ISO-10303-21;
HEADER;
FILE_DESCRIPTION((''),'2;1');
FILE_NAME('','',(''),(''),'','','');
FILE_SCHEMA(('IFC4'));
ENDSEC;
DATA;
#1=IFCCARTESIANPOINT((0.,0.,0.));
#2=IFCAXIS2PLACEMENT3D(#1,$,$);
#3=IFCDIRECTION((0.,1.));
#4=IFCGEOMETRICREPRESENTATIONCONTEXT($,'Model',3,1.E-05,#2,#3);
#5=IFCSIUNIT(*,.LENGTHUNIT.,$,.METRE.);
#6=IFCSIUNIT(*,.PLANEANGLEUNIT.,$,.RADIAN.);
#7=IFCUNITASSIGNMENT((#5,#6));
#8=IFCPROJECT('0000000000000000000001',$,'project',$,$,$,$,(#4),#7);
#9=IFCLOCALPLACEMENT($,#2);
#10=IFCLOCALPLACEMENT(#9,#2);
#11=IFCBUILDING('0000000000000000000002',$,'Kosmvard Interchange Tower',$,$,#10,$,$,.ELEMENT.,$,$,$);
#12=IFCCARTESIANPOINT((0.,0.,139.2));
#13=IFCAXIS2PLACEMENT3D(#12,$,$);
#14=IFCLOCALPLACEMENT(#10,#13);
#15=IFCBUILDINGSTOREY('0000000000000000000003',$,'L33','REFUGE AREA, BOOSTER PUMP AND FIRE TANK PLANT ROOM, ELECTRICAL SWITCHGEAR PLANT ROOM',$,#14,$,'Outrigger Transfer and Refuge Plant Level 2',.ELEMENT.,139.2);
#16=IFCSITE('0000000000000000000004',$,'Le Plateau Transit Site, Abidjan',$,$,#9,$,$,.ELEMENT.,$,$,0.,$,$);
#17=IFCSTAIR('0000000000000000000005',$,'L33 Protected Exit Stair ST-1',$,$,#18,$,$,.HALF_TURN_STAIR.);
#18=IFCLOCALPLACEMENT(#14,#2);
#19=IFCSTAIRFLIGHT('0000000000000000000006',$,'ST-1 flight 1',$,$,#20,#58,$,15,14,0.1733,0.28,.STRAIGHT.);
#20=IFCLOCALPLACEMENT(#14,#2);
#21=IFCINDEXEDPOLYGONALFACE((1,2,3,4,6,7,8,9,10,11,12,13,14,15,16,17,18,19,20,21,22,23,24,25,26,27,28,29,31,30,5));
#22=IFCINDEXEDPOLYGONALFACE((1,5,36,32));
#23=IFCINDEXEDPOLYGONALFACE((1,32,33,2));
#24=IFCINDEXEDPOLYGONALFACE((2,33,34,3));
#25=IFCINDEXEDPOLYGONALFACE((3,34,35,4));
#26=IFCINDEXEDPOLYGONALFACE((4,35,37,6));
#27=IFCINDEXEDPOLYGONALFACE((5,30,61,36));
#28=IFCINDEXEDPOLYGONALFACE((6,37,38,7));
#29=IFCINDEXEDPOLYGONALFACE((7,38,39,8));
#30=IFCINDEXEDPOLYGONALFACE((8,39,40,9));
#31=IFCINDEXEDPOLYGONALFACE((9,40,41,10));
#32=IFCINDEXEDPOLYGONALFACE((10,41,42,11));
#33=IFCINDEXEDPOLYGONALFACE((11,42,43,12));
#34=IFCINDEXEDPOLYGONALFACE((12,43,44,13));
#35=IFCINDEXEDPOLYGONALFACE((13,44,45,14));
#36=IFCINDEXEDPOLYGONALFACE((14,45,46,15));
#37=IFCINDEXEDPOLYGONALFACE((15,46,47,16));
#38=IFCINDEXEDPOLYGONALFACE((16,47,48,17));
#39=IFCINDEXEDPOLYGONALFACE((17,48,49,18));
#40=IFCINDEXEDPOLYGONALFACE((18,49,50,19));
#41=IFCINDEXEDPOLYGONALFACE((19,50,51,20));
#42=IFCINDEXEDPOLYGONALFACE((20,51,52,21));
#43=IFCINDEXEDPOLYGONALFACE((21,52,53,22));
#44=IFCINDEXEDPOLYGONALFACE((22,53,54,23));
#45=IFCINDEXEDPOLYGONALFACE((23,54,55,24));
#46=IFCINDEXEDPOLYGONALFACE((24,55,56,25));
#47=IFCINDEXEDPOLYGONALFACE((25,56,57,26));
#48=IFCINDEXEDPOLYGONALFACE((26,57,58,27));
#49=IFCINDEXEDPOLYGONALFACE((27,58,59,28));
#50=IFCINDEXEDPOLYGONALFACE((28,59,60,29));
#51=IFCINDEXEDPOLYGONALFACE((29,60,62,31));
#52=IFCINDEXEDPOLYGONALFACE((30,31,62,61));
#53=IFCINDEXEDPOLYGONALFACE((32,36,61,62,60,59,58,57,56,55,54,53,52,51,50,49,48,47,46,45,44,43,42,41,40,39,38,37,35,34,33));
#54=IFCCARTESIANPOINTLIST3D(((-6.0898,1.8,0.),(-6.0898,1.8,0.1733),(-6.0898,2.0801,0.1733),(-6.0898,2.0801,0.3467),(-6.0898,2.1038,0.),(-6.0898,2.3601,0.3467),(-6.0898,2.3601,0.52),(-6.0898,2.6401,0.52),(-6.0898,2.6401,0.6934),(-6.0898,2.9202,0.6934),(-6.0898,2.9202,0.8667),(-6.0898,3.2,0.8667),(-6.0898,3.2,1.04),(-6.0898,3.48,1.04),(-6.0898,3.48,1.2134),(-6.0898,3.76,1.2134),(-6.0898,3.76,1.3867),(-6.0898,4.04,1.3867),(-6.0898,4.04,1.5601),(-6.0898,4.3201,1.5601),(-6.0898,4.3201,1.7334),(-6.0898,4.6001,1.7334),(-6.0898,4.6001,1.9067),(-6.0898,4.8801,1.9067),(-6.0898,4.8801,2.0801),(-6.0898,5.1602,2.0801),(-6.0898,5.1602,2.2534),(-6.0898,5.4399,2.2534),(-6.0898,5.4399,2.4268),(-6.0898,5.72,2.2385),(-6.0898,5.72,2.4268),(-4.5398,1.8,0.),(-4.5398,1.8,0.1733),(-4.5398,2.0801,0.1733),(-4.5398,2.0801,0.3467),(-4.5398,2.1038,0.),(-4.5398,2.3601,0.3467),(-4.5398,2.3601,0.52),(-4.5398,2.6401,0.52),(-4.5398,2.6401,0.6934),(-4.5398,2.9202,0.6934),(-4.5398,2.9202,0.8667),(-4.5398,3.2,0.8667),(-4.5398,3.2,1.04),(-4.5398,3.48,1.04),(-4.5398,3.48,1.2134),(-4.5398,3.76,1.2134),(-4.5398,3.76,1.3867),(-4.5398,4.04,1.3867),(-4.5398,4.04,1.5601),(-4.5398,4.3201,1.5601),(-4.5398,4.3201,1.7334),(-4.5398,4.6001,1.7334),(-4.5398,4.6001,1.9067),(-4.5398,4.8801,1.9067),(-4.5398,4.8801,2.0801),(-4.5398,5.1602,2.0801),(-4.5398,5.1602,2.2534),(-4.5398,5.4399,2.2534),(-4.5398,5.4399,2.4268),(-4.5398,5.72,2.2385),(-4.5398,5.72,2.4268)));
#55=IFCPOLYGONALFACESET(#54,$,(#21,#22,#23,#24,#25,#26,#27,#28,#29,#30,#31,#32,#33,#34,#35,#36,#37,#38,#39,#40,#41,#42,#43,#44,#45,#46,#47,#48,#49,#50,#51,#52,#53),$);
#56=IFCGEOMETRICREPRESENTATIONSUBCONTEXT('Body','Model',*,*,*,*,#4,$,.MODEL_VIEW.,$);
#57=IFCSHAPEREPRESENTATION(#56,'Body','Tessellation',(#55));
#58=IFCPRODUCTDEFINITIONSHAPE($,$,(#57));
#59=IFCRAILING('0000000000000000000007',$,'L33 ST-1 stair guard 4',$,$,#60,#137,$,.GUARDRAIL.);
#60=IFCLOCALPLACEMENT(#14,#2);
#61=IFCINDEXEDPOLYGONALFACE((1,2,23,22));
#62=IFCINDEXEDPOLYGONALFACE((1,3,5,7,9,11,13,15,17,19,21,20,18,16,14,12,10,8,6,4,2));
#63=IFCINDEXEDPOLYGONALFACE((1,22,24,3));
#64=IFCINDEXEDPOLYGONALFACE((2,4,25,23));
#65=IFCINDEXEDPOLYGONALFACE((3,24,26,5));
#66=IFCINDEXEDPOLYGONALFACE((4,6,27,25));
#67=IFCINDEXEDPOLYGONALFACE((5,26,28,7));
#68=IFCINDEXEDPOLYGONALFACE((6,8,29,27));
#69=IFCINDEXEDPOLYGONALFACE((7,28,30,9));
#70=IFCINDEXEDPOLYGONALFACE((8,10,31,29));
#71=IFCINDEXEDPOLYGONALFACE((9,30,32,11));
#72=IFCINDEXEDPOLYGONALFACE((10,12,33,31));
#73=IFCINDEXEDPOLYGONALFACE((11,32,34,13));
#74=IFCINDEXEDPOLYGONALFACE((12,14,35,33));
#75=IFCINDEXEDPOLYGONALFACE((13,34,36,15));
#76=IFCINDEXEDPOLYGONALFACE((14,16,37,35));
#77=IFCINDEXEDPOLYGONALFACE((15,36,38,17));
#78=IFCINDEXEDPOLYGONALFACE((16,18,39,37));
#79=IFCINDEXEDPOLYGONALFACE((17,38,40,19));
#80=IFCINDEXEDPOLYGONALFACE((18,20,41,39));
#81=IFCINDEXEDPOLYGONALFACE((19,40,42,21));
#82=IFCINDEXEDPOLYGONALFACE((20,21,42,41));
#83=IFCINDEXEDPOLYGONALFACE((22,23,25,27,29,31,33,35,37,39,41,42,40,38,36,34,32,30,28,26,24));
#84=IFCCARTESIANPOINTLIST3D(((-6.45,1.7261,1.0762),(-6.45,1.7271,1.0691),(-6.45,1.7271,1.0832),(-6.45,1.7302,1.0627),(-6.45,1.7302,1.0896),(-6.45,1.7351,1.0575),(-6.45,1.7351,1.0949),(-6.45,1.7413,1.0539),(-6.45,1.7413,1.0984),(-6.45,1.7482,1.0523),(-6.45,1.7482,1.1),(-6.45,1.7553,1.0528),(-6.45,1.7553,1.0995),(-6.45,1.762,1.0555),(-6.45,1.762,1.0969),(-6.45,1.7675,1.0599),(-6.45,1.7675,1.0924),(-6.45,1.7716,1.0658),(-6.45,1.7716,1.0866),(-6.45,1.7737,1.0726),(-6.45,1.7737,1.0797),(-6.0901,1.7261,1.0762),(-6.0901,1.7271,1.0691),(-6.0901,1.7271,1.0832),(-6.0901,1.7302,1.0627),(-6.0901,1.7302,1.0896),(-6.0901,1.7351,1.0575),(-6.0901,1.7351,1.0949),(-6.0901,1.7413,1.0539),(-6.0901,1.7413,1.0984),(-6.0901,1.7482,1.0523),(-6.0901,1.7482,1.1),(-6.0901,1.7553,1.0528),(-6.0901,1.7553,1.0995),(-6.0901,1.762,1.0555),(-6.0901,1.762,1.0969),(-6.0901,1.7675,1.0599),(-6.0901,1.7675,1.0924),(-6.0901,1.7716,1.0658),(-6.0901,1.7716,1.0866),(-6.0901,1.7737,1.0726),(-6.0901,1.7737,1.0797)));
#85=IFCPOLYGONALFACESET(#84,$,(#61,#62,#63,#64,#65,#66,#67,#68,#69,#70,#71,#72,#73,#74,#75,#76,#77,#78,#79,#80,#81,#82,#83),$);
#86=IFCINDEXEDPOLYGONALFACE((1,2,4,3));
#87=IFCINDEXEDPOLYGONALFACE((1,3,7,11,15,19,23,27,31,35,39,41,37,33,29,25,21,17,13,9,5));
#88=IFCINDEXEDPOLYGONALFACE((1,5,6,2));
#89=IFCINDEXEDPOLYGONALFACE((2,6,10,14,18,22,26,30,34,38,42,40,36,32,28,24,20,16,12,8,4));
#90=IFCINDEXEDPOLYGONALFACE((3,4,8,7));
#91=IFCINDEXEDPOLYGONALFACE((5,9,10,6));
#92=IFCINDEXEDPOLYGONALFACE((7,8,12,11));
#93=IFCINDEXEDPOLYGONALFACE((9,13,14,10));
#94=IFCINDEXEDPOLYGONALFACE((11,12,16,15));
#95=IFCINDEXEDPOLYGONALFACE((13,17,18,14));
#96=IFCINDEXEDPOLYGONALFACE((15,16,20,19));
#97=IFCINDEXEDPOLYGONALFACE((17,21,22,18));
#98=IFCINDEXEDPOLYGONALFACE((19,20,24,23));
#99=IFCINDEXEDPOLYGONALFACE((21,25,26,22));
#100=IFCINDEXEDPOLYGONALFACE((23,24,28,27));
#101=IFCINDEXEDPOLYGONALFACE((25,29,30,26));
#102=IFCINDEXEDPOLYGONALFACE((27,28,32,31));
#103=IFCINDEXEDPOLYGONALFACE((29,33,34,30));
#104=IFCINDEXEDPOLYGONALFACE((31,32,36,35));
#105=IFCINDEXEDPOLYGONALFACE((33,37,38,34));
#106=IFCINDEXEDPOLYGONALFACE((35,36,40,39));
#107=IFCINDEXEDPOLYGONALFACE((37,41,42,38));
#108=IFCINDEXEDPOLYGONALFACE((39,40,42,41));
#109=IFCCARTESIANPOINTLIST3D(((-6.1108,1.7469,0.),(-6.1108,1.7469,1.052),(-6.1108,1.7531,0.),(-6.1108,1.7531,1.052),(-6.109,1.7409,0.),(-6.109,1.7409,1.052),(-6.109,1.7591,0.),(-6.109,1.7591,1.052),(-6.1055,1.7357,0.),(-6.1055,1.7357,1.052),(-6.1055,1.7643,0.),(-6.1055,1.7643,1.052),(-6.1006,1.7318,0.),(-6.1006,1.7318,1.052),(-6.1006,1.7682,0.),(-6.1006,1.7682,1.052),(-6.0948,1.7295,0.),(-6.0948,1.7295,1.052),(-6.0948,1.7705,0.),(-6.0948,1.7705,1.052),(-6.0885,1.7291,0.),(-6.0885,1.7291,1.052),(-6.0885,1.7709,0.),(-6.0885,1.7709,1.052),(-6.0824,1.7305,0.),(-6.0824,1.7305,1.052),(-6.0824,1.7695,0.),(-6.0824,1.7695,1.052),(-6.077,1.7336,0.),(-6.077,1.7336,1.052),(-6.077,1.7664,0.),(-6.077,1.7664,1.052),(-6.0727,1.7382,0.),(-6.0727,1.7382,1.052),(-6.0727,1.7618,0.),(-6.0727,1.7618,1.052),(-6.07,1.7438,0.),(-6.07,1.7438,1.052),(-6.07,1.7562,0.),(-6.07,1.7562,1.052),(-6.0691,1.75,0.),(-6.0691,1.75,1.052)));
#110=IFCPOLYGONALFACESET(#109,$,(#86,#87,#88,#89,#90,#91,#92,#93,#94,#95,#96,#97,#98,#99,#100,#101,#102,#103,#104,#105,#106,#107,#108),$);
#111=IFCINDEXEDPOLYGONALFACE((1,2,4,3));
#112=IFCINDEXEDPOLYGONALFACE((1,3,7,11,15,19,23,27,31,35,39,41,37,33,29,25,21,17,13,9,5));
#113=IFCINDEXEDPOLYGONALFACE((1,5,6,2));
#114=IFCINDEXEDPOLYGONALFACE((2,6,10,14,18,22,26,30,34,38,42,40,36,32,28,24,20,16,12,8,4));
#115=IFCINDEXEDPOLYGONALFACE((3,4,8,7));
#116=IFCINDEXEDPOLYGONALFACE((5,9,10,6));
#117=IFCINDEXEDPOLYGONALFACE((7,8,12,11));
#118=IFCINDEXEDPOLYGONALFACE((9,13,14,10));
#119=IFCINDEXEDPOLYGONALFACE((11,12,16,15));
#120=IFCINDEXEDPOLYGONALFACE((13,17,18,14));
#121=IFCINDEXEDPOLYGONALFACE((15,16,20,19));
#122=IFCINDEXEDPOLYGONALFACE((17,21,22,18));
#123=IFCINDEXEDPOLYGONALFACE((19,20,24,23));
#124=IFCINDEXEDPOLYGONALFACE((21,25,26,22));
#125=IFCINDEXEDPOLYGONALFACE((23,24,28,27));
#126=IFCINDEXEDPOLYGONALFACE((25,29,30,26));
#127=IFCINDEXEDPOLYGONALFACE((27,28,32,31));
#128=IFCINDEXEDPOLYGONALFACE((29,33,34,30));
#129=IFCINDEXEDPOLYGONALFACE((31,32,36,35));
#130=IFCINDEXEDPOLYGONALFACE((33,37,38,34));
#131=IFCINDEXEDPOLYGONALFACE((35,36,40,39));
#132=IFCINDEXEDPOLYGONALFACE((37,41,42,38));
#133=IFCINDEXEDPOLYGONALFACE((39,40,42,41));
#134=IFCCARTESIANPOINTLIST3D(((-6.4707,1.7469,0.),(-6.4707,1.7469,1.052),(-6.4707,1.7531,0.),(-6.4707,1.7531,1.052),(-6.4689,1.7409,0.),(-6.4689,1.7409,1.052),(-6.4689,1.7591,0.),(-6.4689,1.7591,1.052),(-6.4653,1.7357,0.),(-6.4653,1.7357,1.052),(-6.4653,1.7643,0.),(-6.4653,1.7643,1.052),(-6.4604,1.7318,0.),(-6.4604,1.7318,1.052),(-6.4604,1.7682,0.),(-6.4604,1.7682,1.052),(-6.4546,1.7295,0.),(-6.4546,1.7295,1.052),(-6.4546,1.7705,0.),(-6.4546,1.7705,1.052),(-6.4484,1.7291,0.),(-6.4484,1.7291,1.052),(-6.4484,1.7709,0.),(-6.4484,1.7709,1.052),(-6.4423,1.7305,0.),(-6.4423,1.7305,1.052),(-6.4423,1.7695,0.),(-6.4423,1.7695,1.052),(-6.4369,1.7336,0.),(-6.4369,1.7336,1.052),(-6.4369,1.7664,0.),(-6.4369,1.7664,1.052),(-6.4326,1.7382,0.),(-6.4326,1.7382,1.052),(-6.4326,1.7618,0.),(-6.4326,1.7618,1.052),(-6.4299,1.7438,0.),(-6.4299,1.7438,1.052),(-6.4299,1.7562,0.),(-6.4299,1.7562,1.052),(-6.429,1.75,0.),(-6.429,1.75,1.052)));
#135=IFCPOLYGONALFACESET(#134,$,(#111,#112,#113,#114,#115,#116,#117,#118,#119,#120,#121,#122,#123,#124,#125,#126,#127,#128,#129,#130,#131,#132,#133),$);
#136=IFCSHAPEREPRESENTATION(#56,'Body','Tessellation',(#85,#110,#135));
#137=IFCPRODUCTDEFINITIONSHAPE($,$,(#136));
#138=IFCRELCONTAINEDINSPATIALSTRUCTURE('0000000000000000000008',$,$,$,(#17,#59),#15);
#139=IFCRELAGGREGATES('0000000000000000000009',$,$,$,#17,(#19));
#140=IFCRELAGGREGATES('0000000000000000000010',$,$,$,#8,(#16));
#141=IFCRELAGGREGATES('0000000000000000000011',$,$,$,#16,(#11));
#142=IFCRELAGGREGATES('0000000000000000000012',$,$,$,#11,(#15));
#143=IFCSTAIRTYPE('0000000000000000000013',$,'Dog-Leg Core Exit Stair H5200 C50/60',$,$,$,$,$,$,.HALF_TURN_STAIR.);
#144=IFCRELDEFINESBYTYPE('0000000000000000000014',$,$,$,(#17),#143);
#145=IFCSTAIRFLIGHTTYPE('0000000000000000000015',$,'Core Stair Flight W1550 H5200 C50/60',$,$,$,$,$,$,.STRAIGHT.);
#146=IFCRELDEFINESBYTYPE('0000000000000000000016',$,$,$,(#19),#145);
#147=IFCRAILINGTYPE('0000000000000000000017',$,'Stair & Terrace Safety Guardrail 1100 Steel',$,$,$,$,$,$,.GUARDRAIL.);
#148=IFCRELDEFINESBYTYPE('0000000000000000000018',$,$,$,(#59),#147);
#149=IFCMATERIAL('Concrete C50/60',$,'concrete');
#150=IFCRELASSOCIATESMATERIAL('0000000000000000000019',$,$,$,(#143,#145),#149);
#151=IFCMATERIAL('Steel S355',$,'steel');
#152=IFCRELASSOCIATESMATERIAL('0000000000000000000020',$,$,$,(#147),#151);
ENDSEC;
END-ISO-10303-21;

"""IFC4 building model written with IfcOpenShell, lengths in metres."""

from ifc_helpers import new_model, si_unit, direction, frame, origin, origin_2d, place, context, subcontext, project, spatial, polyline, circle, outline, extrude, source, transform, mapped, material, type_object, element, aggregate, save


model = new_model("IFC4")

# Units and contexts
model_context = context("Model", 3, precision=1e-05, world=origin(), true_north=direction((0.0, 1.0)))
body_context = subcontext(model_context, "Body", "Model", "MODEL_VIEW")
ifc_project = project(units=[si_unit("LENGTHUNIT", "METRE"), si_unit("PLANEANGLEUNIT", "RADIAN")], contexts=[model_context])

# Site, building, storey
site_placement = place(None, origin())
site = spatial("IfcSite", under=ifc_project, at=site_placement, Name="Le Plateau Transit Site, Abidjan", CompositionType="ELEMENT", RefElevation=0.0)
building_placement = place(site_placement, origin())
building = spatial("IfcBuilding", under=site, at=building_placement, Name="Kosmvard Interchange Tower", CompositionType="ELEMENT")
storey_placement = place(building_placement, frame((0.0, 0.0, 139.2)))
storey = spatial("IfcBuildingStorey", under=building, at=storey_placement, Name="L33", Description="REFUGE AREA, BOOSTER PUMP AND FIRE TANK PLANT ROOM, ELECTRICAL SWITCHGEAR PLANT ROOM", LongName="Outrigger Transfer and Refuge Plant Level 2", CompositionType="ELEMENT", Elevation=139.2)

# Stair, stair flight
ifc_material_1 = material(Name="Concrete C50/60", Category="concrete")
stair_type = type_object("IfcStairType", Name="Dog-Leg Core Exit Stair H5200 C50/60", PredefinedType="HALF_TURN_STAIR", material=ifc_material_1)
stair_placement = place(storey_placement, origin())
stair = element("IfcStair", 1, at=stair_placement, inside=storey, type_object=stair_type, Name="L33 Protected Exit Stair ST-1", PredefinedType="HALF_TURN_STAIR")
stair_flight_type = type_object("IfcStairFlightType", Name="Core Stair Flight W1550 H5200 C50/60", PredefinedType="STRAIGHT", material=ifc_material_1)
shared_shape_1 = source(origin(), body_context, "Body", "SweptSolid", [
    extrude(outline(polyline([(0.0, 0.0), (0.0, 0.1733), (0.28, 0.1733), (0.28, 0.3467), (0.5601, 0.3467), (0.5601, 0.52), (0.8401, 0.52), (0.8401, 0.6934), (1.1201, 0.6934), (1.1201, 0.8667), (1.3999, 0.8667), (1.3999, 1.04), (1.6799, 1.04), (1.6799, 1.2134), (1.96, 1.2134), (1.96, 1.3867), (2.24, 1.3867), (2.24, 1.5601), (2.52, 1.5601), (2.52, 1.7334), (2.8, 1.7334), (2.8, 1.9067), (3.0801, 1.9067), (3.0801, 2.0801), (3.3601, 2.0801), (3.3601, 2.2534), (3.6399, 2.2534), (3.6399, 2.4268), (3.9199, 2.4268), (3.9199, 2.6001), (3.9199, 2.2385), (0.3037, 0.0), (0.0, 0.0)])), frame((0.0, 0.7749, 0.0), z_axis=(0.0, -1.0, 0.0), x_axis=(1.0, 0.0, 0.0)), (0.0, 0.0, 1.0), 1.55),
])
stair_flight_placement = place(storey_placement, frame((-5.3149, 1.8, 0.0), z_axis=(0.0, 0.0, 1.0), x_axis=(0.0, 1.0, 0.0)))
stair_flight = element("IfcStairFlight", 2, at=stair_flight_placement, type_object=stair_flight_type, Name="ST-1 flight 1", NumberOfRisers=15, NumberOfTreads=14, PredefinedType="STRAIGHT", RiserHeight=0.1733, TreadLength=0.28, context=body_context, shape_type="MappedRepresentation", body=[
    mapped(shared_shape_1, transform((0.0, 0.0, 0.0), scale=1.0)),
])
aggregate(stair, [stair_flight])

# Railing
ifc_material_2 = material(Name="Steel S355", Category="steel")
railing_type_1 = type_object("IfcRailingType", Name="Stair & Terrace Safety Guardrail 1100 Steel", PredefinedType="GUARDRAIL", material=ifc_material_2)
shared_shape_2 = source(origin(), body_context, "Body", "SweptSolid", [
    extrude(circle(Radius=0.0239, at=origin_2d()), frame((0.0, 0.0, 1.0762), z_axis=(-1.0, 0.0, 0.0), x_axis=(0.0, -1.0, 0.0)), (0.0, 0.0, 1.0), 0.3599),
    extrude(circle(Radius=0.021, at=origin_2d()), origin(), (0.0, 0.0, 1.0), 1.052),
    extrude(circle(Radius=0.021, at=origin_2d()), frame((-0.3599, 0.0, 0.0)), (0.0, 0.0, 1.0), 1.052),
])
railing_1_placement = place(storey_placement, frame((-6.0901, 1.75, 0.0)))
element("IfcRailing", 3, at=railing_1_placement, inside=storey, type_object=railing_type_1, Name="L33 ST-1 stair guard 4", PredefinedType="GUARDRAIL", context=body_context, shape_type="MappedRepresentation", body=[
    mapped(shared_shape_2, transform((0.0, 0.0, 0.0), scale=1.0)),
])

save(model, "model.ifc")
